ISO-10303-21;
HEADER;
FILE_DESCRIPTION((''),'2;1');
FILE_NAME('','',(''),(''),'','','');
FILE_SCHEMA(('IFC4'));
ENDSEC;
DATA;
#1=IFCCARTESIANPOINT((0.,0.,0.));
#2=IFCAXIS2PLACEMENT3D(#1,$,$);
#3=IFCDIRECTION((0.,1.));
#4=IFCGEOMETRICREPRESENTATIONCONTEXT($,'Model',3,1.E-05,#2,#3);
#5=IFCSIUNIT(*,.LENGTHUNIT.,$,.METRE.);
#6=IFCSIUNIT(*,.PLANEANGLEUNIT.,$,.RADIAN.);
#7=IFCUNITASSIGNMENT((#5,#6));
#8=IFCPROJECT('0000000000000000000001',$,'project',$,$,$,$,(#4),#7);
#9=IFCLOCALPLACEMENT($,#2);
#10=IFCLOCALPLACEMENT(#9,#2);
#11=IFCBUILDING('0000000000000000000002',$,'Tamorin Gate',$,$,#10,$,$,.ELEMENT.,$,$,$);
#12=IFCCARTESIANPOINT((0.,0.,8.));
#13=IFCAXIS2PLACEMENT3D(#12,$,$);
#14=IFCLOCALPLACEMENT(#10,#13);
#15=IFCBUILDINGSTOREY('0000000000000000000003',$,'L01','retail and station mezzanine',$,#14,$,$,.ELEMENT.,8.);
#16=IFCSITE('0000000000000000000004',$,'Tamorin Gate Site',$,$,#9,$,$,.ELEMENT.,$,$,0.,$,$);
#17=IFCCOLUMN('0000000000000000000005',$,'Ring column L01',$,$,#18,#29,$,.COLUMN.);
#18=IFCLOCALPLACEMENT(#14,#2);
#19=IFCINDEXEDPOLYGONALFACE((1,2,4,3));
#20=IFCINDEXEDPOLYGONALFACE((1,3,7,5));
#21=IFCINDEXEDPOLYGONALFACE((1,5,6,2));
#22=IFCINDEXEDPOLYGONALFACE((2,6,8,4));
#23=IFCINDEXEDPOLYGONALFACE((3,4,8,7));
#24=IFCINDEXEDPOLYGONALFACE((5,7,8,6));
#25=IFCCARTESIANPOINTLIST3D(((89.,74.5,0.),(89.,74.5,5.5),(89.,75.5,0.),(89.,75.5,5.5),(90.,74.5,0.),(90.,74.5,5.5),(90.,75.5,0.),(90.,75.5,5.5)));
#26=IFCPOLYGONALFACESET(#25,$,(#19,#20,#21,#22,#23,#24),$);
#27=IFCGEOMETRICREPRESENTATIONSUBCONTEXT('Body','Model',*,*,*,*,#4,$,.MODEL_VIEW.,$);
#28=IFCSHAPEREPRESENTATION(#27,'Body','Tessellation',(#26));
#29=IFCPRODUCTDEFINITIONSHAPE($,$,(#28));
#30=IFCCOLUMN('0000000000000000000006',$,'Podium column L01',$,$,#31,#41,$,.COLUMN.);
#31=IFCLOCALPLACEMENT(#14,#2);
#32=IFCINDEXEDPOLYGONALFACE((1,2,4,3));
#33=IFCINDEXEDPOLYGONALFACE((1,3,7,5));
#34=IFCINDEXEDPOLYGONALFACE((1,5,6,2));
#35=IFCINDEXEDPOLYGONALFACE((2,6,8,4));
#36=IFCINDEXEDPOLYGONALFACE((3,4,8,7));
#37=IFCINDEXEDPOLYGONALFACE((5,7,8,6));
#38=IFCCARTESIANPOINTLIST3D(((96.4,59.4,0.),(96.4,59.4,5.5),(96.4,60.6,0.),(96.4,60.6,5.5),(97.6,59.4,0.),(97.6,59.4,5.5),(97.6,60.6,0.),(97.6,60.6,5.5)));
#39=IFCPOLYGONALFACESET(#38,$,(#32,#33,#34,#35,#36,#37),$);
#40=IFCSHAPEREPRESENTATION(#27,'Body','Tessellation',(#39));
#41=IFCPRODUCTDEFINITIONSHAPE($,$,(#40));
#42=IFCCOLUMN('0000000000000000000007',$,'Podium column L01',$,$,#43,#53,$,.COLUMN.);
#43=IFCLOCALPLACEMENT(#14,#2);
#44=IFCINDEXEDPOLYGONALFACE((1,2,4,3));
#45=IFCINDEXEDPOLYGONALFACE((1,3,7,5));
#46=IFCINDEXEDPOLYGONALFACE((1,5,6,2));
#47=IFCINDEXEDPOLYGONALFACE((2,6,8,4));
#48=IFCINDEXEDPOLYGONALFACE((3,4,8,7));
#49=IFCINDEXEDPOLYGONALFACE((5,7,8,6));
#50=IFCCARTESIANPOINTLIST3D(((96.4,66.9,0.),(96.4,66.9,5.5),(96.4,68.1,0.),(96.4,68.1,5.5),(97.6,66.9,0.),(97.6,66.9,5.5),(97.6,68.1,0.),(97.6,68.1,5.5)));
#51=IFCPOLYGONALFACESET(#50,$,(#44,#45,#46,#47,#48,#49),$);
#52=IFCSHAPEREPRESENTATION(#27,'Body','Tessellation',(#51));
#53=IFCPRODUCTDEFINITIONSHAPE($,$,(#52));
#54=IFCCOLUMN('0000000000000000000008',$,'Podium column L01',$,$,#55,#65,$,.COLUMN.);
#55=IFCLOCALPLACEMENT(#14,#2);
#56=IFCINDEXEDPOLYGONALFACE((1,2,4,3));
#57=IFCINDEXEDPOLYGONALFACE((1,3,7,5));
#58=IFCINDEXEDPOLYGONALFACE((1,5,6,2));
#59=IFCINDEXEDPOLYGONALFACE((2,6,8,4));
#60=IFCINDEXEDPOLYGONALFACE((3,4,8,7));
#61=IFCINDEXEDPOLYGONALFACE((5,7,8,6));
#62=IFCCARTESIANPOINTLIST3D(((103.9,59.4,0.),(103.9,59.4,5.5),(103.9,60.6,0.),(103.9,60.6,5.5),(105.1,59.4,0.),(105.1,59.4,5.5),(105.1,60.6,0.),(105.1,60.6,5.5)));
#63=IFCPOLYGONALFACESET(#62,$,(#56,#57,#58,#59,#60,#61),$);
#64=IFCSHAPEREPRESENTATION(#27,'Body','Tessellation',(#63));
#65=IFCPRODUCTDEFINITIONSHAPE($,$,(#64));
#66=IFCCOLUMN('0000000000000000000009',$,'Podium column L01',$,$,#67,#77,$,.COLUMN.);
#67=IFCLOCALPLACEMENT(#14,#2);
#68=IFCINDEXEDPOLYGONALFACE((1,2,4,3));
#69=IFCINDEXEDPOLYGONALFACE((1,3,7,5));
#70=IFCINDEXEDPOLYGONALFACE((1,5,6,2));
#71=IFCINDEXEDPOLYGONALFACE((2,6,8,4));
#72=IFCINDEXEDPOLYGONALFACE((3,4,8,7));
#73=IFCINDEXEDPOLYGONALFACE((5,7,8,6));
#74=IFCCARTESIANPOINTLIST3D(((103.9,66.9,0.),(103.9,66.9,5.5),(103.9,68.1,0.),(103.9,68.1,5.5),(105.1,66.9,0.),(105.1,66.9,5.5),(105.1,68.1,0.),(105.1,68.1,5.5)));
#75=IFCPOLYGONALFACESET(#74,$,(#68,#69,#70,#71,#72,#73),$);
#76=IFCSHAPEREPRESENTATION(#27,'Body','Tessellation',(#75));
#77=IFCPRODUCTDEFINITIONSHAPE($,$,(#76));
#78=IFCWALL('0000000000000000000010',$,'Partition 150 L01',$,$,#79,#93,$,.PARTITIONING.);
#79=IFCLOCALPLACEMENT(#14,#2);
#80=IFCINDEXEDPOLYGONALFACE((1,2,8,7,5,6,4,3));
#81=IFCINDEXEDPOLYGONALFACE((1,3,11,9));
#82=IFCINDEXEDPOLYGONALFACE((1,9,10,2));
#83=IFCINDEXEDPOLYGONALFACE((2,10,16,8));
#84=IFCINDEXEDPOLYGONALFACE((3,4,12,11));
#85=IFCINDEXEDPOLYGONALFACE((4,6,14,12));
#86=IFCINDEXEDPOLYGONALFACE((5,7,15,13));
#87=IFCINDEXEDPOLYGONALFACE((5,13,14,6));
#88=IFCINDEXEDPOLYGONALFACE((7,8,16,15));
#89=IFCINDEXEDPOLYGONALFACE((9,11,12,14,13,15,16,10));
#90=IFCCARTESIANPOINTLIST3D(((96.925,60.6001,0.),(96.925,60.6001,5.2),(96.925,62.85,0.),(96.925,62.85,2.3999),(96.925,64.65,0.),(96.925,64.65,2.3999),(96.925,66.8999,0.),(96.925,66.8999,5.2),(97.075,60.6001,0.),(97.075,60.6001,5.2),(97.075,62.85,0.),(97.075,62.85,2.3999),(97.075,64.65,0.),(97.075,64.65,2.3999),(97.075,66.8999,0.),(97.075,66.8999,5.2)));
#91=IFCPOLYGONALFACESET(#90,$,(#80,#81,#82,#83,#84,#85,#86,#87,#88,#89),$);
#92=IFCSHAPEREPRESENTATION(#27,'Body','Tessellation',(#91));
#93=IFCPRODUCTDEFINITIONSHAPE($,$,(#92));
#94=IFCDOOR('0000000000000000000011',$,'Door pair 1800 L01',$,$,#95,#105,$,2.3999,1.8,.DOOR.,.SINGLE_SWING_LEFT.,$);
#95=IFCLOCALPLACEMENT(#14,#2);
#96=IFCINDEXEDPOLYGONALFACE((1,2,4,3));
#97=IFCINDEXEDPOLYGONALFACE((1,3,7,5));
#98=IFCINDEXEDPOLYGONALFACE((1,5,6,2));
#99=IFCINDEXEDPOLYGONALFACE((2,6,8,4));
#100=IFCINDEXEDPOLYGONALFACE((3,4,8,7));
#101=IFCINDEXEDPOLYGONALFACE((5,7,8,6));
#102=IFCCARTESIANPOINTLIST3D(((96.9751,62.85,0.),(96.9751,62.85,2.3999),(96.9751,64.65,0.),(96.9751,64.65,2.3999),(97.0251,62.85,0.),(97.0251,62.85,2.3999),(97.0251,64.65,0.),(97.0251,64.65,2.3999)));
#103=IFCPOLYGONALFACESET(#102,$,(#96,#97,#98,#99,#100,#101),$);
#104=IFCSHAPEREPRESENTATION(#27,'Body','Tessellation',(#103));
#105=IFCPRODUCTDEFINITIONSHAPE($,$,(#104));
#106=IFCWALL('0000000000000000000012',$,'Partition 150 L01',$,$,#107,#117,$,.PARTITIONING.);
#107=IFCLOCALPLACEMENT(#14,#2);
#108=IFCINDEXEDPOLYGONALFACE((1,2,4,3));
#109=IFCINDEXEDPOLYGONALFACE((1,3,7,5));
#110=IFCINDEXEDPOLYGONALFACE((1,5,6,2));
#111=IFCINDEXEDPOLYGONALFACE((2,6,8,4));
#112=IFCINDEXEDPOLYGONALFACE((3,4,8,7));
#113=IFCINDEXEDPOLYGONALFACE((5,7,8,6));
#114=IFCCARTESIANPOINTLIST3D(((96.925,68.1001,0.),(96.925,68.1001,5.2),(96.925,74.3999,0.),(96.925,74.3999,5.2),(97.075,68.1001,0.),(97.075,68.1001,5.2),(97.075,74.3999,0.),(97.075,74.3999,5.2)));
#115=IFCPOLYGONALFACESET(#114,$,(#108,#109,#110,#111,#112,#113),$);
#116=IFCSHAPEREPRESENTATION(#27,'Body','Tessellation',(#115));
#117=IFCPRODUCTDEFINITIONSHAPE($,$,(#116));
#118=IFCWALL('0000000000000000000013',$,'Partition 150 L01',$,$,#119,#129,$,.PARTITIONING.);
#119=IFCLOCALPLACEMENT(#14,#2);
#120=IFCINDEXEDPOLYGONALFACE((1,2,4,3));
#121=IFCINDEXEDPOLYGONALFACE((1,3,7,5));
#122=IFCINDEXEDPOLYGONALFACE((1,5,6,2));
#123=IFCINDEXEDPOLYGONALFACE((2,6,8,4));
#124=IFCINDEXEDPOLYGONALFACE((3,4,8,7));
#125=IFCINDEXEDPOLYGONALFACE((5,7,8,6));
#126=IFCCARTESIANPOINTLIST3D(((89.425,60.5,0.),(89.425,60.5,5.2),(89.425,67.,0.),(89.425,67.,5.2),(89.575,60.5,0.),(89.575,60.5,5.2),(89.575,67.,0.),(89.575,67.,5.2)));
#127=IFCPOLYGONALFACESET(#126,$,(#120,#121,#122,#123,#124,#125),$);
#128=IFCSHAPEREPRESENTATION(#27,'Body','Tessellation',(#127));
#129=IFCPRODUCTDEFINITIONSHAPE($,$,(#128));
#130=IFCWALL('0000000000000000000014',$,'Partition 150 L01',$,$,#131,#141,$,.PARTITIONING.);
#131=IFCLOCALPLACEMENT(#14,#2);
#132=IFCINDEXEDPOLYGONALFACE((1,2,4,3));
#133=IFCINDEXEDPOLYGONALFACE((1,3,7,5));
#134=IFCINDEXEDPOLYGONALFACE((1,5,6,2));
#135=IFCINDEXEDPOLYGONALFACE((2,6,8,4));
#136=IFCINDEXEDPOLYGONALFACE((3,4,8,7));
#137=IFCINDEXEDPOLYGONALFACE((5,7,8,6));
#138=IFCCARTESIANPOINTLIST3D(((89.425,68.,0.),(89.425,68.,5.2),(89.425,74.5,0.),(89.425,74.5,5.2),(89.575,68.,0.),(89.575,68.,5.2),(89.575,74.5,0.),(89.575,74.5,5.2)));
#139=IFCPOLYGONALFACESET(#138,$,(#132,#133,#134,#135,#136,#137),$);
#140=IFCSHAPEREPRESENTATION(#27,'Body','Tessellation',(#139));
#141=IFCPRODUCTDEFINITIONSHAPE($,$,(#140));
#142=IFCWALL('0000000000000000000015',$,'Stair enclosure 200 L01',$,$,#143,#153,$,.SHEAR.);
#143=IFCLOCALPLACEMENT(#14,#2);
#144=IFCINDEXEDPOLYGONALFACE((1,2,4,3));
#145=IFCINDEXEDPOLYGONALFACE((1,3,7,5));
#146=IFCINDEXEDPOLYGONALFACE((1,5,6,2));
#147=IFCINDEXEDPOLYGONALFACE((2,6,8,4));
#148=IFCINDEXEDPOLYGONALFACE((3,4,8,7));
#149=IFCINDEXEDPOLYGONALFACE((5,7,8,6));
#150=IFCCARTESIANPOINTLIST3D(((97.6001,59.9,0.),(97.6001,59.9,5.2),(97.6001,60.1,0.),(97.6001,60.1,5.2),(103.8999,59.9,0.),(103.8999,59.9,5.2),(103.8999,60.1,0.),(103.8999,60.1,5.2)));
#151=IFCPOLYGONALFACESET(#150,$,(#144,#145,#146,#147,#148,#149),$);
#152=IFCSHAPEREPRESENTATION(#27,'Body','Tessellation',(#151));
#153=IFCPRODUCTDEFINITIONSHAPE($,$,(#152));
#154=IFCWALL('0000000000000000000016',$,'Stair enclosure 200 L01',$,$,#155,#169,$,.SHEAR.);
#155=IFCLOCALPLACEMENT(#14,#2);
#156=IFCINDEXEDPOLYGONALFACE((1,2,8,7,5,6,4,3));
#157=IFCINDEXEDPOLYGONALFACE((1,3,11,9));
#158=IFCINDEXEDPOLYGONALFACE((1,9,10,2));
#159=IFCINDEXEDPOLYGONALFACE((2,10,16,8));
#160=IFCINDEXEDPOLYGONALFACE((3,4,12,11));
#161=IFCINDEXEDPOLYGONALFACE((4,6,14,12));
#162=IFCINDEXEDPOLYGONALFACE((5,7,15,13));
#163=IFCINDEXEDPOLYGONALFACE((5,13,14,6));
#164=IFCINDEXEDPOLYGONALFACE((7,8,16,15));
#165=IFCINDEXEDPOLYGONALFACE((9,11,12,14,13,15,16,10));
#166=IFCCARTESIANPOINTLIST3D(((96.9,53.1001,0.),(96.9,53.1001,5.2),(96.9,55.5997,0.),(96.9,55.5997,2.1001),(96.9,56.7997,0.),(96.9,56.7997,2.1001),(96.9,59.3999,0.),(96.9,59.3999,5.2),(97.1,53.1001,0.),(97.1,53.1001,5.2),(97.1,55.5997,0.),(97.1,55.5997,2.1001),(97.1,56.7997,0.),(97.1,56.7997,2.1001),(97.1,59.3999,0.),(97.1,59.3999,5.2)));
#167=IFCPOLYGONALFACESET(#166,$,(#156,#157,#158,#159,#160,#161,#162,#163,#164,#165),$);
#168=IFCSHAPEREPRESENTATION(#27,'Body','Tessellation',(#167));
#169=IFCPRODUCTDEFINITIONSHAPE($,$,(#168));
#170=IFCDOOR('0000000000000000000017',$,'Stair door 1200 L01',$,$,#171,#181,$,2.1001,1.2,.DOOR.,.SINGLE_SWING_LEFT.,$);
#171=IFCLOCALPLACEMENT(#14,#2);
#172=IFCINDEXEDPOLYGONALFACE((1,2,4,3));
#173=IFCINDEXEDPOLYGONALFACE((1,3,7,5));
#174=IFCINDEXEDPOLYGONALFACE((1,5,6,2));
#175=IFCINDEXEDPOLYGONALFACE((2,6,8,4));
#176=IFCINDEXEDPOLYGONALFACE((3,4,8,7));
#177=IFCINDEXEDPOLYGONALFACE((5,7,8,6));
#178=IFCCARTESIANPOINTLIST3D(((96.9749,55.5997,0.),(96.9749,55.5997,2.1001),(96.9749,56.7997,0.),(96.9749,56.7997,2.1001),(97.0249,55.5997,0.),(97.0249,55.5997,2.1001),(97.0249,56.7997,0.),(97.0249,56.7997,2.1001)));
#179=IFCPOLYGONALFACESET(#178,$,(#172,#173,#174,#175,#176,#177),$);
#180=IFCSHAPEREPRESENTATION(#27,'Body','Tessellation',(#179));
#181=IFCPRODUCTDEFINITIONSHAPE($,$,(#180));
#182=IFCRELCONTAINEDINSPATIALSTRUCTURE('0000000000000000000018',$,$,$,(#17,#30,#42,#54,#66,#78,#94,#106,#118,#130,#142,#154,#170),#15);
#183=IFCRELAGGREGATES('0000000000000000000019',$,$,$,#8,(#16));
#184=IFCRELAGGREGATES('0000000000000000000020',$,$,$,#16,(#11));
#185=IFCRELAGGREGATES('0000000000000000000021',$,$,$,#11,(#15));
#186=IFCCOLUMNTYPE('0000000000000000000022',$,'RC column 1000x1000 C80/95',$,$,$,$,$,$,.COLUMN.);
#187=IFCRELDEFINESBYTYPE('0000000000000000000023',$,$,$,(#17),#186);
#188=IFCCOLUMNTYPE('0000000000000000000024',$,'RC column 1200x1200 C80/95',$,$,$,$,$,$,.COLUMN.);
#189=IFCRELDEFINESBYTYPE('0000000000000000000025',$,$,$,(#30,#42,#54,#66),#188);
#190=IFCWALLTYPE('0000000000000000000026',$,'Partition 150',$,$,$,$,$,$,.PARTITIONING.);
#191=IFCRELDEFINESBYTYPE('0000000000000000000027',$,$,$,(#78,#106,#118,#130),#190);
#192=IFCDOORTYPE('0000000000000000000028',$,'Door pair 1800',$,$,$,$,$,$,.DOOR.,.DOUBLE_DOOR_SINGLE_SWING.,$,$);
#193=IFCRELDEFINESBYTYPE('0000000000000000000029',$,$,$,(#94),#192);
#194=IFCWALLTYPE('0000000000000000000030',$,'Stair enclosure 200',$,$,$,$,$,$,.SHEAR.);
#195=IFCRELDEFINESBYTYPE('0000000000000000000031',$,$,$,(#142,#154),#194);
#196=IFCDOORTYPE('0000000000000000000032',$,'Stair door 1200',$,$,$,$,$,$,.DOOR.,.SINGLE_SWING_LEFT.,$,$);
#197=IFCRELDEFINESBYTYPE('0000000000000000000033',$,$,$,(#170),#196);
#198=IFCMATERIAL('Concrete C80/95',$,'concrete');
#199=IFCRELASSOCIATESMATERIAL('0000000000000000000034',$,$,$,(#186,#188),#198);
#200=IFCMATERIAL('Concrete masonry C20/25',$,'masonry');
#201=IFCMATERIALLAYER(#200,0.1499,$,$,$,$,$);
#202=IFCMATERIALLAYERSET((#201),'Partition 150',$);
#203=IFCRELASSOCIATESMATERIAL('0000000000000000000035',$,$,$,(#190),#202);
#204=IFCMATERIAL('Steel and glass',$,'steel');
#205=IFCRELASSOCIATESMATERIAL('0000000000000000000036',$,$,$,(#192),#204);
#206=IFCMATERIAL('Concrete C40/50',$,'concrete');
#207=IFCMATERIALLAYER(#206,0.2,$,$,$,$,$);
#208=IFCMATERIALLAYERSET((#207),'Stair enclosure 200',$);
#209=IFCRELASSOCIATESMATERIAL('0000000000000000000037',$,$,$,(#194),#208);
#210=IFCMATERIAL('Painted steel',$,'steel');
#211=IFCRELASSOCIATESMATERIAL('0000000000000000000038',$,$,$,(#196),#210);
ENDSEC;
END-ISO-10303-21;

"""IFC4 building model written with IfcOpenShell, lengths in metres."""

from ifc_helpers import new_model, si_unit, direction, frame, frame_2d, origin, origin_2d, place, context, subcontext, project, spatial, rectangle, extrude, material, layer, layer_set, material_profile, profile_set, type_object, element, fill, save


model = new_model("IFC4")

# Units and contexts
model_context = context("Model", 3, precision=1e-05, world=origin(), true_north=direction((0.0, 1.0)))
body_context = subcontext(model_context, "Body", "Model", "MODEL_VIEW")
ifc_project = project(units=[si_unit("LENGTHUNIT", "METRE"), si_unit("PLANEANGLEUNIT", "RADIAN")], contexts=[model_context])

# Site, building, storey
site_placement = place(None, origin())
site = spatial("IfcSite", under=ifc_project, at=site_placement, Name="Tamorin Gate Site", CompositionType="ELEMENT", RefElevation=0.0)
building_placement = place(site_placement, origin())
building = spatial("IfcBuilding", under=site, at=building_placement, Name="Tamorin Gate", CompositionType="ELEMENT")
storey_placement = place(building_placement, frame((0.0, 0.0, 8.0)))
storey = spatial("IfcBuildingStorey", under=building, at=storey_placement, Name="L01", Description="retail and station mezzanine", CompositionType="ELEMENT", Elevation=8.0)

# Columns
ifc_material_1 = material(Name="Concrete C80/95", Category="concrete")
ifc_material_profile_1 = material_profile(ifc_material_1, rectangle(XDim=1.0, YDim=1.0, at=origin_2d()), Name="RC 1000x1000")
ifc_profile_set_1 = profile_set([ifc_material_profile_1], Name="Concrete C80/95")
column_type_1 = type_object("IfcColumnType", Name="RC column 1000x1000 C80/95", PredefinedType="COLUMN", material=ifc_profile_set_1)
column_placement = place(storey_placement, frame((89.5, 75.0, 0.0), z_axis=(0.0, 0.0, 1.0), x_axis=(1.0, 0.0, 0.0)))
element("IfcColumn", 1, at=column_placement, inside=storey, type_object=column_type_1, Name="Ring column L01", PredefinedType="COLUMN", context=body_context, shape_type="SweptSolid", body=[
    extrude(rectangle(XDim=1.0, YDim=1.0, at=origin_2d()), origin(), (0.0, 0.0, 1.0), 5.5),
])
ifc_material_profile_2 = material_profile(ifc_material_1, rectangle(XDim=1.2, YDim=1.2, at=origin_2d()), Name="RC 1200x1200")
ifc_profile_set_2 = profile_set([ifc_material_profile_2], Name="Concrete C80/95")
column_type_2 = type_object("IfcColumnType", Name="RC column 1200x1200 C80/95", PredefinedType="COLUMN", material=ifc_profile_set_2)
for number, where, z_axis, x_axis, name in (
    (2, (97.0, 60.0, 0.0), (0.0, 0.0, 1.0), (1.0, 0.0, 0.0), "Podium column L01"),
    (3, (97.0, 67.5, 0.0), (0.0, 0.0, 1.0), (1.0, 0.0, 0.0), "Podium column L01"),
    (4, (104.5, 60.0, 0.0), (0.0, 0.0, 1.0), (1.0, 0.0, 0.0), "Podium column L01"),
    (5, (104.5, 67.5, 0.0), (0.0, 0.0, 1.0), (1.0, 0.0, 0.0), "Podium column L01"),
):
    element("IfcColumn", number, at=place(storey_placement, frame(where, z_axis=z_axis, x_axis=x_axis)), inside=storey, type_object=column_type_2, Name=name, PredefinedType="COLUMN", context=body_context, shape_type="SweptSolid", body=[
        extrude(rectangle(XDim=1.2, YDim=1.2, at=origin_2d()), origin(), (0.0, 0.0, 1.0), 5.5),
    ])

# Wall, opening, door
ifc_material_2 = material(Name="Concrete masonry C20/25", Category="masonry")
ifc_layer_1 = layer(ifc_material_2, 0.1499)
ifc_layer_set_1 = layer_set([ifc_layer_1], Name="Partition 150")
wall_type_1 = type_object("IfcWallType", Name="Partition 150", PredefinedType="PARTITIONING", material=ifc_layer_set_1)
wall_1_placement = place(storey_placement, frame((97.0, 60.6001, 0.0), z_axis=(0.0, 0.0, 1.0), x_axis=(0.0, 1.0, 0.0)))
wall_1 = element("IfcWall", 6, at=wall_1_placement, inside=storey, type_object=wall_type_1, Name="Partition 150 L01", PredefinedType="PARTITIONING", context=body_context, shape_type="SweptSolid", body=[
    extrude(rectangle(XDim=6.2998, YDim=0.1499, at=frame_2d((3.1499, 0.0))), origin(), (0.0, 0.0, 1.0), 5.2),
])
opening_1_placement = place(wall_1_placement, frame((2.25, 0.0, 0.0)))
opening_1 = element("IfcOpeningElement", 7, at=opening_1_placement, cuts=wall_1, PredefinedType="OPENING", context=body_context, shape_type="SweptSolid", body=[
    extrude(rectangle(XDim=1.8, YDim=2.3999, at=frame_2d((0.8999, 1.2))), frame((0.0, 0.085, 0.0), z_axis=(0.0, -1.0, 0.0), x_axis=(1.0, 0.0, 0.0)), (0.0, 0.0, 1.0), 0.1699),
])
ifc_material_3 = material(Name="Steel and glass", Category="steel")
door_type_1 = type_object("IfcDoorType", Name="Door pair 1800", OperationType="DOUBLE_DOOR_SINGLE_SWING", PredefinedType="DOOR", material=ifc_material_3)
door_1_placement = place(opening_1_placement, origin())
door_1 = element("IfcDoor", 8, at=door_1_placement, inside=storey, type_object=door_type_1, Name="Door pair 1800 L01", OperationType="SINGLE_SWING_LEFT", OverallHeight=2.3999, OverallWidth=1.8, PredefinedType="DOOR", context=body_context, shape_type="SweptSolid", body=[
    extrude(rectangle(XDim=1.8, YDim=2.3999, at=frame_2d((0.8999, 1.2))), frame((0.0, 0.0249, 0.0), z_axis=(0.0, -1.0, 0.0), x_axis=(1.0, 0.0, 0.0)), (0.0, 0.0, 1.0), 0.05),
])
fill(opening_1, door_1)

# Walls
wall_2_placement = place(storey_placement, frame((97.0, 68.1001, 0.0), z_axis=(0.0, 0.0, 1.0), x_axis=(0.0, 1.0, 0.0)))
element("IfcWall", 9, at=wall_2_placement, inside=storey, type_object=wall_type_1, Name="Partition 150 L01", PredefinedType="PARTITIONING", context=body_context, shape_type="SweptSolid", body=[
    extrude(rectangle(XDim=6.2998, YDim=0.1499, at=frame_2d((3.1499, 0.0))), origin(), (0.0, 0.0, 1.0), 5.2),
])
for number, where, z_axis, x_axis, name in (
    (10, (89.5, 60.5, 0.0), (0.0, 0.0, 1.0), (0.0, 1.0, 0.0), "Partition 150 L01"),
    (11, (89.5, 68.0, 0.0), (0.0, 0.0, 1.0), (0.0, 1.0, 0.0), "Partition 150 L01"),
):
    element("IfcWall", number, at=place(storey_placement, frame(where, z_axis=z_axis, x_axis=x_axis)), inside=storey, type_object=wall_type_1, Name=name, PredefinedType="PARTITIONING", context=body_context, shape_type="SweptSolid", body=[
        extrude(rectangle(XDim=6.5, YDim=0.1499, at=frame_2d((3.25, 0.0))), origin(), (0.0, 0.0, 1.0), 5.2),
    ])
ifc_material_4 = material(Name="Concrete C40/50", Category="concrete")
ifc_layer_2 = layer(ifc_material_4, 0.2)
ifc_layer_set_2 = layer_set([ifc_layer_2], Name="Stair enclosure 200")
wall_type_2 = type_object("IfcWallType", Name="Stair enclosure 200", PredefinedType="SHEAR", material=ifc_layer_set_2)
wall_3_placement = place(storey_placement, frame((97.6001, 60.0, 0.0), z_axis=(0.0, 0.0, 1.0), x_axis=(1.0, 0.0, 0.0)))
element("IfcWall", 12, at=wall_3_placement, inside=storey, type_object=wall_type_2, Name="Stair enclosure 200 L01", PredefinedType="SHEAR", context=body_context, shape_type="SweptSolid", body=[
    extrude(rectangle(XDim=6.2998, YDim=0.2, at=frame_2d((3.1499, 0.0))), origin(), (0.0, 0.0, 1.0), 5.2),
])

# Wall, opening, door
wall_4_placement = place(storey_placement, frame((97.0, 59.3999, 0.0), z_axis=(0.0, 0.0, 1.0), x_axis=(0.0, -1.0, 0.0)))
wall_4 = element("IfcWall", 13, at=wall_4_placement, inside=storey, type_object=wall_type_2, Name="Stair enclosure 200 L01", PredefinedType="SHEAR", context=body_context, shape_type="SweptSolid", body=[
    extrude(rectangle(XDim=6.2998, YDim=0.2, at=frame_2d((3.1499, 0.0))), origin(), (0.0, 0.0, 1.0), 5.2),
])
opening_2_placement = place(wall_4_placement, frame((2.6001, 0.0, 0.0)))
opening_2 = element("IfcOpeningElement", 14, at=opening_2_placement, cuts=wall_4, PredefinedType="OPENING", context=body_context, shape_type="SweptSolid", body=[
    extrude(rectangle(XDim=1.2, YDim=2.1001, at=frame_2d((0.6001, 1.05))), frame((0.0, 0.1099, 0.0), z_axis=(0.0, -1.0, 0.0), x_axis=(1.0, 0.0, 0.0)), (0.0, 0.0, 1.0), 0.22),
])
ifc_material_5 = material(Name="Painted steel", Category="steel")
door_type_2 = type_object("IfcDoorType", Name="Stair door 1200", OperationType="SINGLE_SWING_LEFT", PredefinedType="DOOR", material=ifc_material_5)
door_2_placement = place(opening_2_placement, origin())
door_2 = element("IfcDoor", 15, at=door_2_placement, inside=storey, type_object=door_type_2, Name="Stair door 1200 L01", OperationType="SINGLE_SWING_LEFT", OverallHeight=2.1001, OverallWidth=1.2, PredefinedType="DOOR", context=body_context, shape_type="SweptSolid", body=[
    extrude(rectangle(XDim=1.2, YDim=2.1001, at=frame_2d((0.6001, 1.05))), frame((0.0, 0.0249, 0.0), z_axis=(0.0, -1.0, 0.0), x_axis=(1.0, 0.0, 0.0)), (0.0, 0.0, 1.0), 0.05),
])
fill(opening_2, door_2)

save(model, "model.ifc")
